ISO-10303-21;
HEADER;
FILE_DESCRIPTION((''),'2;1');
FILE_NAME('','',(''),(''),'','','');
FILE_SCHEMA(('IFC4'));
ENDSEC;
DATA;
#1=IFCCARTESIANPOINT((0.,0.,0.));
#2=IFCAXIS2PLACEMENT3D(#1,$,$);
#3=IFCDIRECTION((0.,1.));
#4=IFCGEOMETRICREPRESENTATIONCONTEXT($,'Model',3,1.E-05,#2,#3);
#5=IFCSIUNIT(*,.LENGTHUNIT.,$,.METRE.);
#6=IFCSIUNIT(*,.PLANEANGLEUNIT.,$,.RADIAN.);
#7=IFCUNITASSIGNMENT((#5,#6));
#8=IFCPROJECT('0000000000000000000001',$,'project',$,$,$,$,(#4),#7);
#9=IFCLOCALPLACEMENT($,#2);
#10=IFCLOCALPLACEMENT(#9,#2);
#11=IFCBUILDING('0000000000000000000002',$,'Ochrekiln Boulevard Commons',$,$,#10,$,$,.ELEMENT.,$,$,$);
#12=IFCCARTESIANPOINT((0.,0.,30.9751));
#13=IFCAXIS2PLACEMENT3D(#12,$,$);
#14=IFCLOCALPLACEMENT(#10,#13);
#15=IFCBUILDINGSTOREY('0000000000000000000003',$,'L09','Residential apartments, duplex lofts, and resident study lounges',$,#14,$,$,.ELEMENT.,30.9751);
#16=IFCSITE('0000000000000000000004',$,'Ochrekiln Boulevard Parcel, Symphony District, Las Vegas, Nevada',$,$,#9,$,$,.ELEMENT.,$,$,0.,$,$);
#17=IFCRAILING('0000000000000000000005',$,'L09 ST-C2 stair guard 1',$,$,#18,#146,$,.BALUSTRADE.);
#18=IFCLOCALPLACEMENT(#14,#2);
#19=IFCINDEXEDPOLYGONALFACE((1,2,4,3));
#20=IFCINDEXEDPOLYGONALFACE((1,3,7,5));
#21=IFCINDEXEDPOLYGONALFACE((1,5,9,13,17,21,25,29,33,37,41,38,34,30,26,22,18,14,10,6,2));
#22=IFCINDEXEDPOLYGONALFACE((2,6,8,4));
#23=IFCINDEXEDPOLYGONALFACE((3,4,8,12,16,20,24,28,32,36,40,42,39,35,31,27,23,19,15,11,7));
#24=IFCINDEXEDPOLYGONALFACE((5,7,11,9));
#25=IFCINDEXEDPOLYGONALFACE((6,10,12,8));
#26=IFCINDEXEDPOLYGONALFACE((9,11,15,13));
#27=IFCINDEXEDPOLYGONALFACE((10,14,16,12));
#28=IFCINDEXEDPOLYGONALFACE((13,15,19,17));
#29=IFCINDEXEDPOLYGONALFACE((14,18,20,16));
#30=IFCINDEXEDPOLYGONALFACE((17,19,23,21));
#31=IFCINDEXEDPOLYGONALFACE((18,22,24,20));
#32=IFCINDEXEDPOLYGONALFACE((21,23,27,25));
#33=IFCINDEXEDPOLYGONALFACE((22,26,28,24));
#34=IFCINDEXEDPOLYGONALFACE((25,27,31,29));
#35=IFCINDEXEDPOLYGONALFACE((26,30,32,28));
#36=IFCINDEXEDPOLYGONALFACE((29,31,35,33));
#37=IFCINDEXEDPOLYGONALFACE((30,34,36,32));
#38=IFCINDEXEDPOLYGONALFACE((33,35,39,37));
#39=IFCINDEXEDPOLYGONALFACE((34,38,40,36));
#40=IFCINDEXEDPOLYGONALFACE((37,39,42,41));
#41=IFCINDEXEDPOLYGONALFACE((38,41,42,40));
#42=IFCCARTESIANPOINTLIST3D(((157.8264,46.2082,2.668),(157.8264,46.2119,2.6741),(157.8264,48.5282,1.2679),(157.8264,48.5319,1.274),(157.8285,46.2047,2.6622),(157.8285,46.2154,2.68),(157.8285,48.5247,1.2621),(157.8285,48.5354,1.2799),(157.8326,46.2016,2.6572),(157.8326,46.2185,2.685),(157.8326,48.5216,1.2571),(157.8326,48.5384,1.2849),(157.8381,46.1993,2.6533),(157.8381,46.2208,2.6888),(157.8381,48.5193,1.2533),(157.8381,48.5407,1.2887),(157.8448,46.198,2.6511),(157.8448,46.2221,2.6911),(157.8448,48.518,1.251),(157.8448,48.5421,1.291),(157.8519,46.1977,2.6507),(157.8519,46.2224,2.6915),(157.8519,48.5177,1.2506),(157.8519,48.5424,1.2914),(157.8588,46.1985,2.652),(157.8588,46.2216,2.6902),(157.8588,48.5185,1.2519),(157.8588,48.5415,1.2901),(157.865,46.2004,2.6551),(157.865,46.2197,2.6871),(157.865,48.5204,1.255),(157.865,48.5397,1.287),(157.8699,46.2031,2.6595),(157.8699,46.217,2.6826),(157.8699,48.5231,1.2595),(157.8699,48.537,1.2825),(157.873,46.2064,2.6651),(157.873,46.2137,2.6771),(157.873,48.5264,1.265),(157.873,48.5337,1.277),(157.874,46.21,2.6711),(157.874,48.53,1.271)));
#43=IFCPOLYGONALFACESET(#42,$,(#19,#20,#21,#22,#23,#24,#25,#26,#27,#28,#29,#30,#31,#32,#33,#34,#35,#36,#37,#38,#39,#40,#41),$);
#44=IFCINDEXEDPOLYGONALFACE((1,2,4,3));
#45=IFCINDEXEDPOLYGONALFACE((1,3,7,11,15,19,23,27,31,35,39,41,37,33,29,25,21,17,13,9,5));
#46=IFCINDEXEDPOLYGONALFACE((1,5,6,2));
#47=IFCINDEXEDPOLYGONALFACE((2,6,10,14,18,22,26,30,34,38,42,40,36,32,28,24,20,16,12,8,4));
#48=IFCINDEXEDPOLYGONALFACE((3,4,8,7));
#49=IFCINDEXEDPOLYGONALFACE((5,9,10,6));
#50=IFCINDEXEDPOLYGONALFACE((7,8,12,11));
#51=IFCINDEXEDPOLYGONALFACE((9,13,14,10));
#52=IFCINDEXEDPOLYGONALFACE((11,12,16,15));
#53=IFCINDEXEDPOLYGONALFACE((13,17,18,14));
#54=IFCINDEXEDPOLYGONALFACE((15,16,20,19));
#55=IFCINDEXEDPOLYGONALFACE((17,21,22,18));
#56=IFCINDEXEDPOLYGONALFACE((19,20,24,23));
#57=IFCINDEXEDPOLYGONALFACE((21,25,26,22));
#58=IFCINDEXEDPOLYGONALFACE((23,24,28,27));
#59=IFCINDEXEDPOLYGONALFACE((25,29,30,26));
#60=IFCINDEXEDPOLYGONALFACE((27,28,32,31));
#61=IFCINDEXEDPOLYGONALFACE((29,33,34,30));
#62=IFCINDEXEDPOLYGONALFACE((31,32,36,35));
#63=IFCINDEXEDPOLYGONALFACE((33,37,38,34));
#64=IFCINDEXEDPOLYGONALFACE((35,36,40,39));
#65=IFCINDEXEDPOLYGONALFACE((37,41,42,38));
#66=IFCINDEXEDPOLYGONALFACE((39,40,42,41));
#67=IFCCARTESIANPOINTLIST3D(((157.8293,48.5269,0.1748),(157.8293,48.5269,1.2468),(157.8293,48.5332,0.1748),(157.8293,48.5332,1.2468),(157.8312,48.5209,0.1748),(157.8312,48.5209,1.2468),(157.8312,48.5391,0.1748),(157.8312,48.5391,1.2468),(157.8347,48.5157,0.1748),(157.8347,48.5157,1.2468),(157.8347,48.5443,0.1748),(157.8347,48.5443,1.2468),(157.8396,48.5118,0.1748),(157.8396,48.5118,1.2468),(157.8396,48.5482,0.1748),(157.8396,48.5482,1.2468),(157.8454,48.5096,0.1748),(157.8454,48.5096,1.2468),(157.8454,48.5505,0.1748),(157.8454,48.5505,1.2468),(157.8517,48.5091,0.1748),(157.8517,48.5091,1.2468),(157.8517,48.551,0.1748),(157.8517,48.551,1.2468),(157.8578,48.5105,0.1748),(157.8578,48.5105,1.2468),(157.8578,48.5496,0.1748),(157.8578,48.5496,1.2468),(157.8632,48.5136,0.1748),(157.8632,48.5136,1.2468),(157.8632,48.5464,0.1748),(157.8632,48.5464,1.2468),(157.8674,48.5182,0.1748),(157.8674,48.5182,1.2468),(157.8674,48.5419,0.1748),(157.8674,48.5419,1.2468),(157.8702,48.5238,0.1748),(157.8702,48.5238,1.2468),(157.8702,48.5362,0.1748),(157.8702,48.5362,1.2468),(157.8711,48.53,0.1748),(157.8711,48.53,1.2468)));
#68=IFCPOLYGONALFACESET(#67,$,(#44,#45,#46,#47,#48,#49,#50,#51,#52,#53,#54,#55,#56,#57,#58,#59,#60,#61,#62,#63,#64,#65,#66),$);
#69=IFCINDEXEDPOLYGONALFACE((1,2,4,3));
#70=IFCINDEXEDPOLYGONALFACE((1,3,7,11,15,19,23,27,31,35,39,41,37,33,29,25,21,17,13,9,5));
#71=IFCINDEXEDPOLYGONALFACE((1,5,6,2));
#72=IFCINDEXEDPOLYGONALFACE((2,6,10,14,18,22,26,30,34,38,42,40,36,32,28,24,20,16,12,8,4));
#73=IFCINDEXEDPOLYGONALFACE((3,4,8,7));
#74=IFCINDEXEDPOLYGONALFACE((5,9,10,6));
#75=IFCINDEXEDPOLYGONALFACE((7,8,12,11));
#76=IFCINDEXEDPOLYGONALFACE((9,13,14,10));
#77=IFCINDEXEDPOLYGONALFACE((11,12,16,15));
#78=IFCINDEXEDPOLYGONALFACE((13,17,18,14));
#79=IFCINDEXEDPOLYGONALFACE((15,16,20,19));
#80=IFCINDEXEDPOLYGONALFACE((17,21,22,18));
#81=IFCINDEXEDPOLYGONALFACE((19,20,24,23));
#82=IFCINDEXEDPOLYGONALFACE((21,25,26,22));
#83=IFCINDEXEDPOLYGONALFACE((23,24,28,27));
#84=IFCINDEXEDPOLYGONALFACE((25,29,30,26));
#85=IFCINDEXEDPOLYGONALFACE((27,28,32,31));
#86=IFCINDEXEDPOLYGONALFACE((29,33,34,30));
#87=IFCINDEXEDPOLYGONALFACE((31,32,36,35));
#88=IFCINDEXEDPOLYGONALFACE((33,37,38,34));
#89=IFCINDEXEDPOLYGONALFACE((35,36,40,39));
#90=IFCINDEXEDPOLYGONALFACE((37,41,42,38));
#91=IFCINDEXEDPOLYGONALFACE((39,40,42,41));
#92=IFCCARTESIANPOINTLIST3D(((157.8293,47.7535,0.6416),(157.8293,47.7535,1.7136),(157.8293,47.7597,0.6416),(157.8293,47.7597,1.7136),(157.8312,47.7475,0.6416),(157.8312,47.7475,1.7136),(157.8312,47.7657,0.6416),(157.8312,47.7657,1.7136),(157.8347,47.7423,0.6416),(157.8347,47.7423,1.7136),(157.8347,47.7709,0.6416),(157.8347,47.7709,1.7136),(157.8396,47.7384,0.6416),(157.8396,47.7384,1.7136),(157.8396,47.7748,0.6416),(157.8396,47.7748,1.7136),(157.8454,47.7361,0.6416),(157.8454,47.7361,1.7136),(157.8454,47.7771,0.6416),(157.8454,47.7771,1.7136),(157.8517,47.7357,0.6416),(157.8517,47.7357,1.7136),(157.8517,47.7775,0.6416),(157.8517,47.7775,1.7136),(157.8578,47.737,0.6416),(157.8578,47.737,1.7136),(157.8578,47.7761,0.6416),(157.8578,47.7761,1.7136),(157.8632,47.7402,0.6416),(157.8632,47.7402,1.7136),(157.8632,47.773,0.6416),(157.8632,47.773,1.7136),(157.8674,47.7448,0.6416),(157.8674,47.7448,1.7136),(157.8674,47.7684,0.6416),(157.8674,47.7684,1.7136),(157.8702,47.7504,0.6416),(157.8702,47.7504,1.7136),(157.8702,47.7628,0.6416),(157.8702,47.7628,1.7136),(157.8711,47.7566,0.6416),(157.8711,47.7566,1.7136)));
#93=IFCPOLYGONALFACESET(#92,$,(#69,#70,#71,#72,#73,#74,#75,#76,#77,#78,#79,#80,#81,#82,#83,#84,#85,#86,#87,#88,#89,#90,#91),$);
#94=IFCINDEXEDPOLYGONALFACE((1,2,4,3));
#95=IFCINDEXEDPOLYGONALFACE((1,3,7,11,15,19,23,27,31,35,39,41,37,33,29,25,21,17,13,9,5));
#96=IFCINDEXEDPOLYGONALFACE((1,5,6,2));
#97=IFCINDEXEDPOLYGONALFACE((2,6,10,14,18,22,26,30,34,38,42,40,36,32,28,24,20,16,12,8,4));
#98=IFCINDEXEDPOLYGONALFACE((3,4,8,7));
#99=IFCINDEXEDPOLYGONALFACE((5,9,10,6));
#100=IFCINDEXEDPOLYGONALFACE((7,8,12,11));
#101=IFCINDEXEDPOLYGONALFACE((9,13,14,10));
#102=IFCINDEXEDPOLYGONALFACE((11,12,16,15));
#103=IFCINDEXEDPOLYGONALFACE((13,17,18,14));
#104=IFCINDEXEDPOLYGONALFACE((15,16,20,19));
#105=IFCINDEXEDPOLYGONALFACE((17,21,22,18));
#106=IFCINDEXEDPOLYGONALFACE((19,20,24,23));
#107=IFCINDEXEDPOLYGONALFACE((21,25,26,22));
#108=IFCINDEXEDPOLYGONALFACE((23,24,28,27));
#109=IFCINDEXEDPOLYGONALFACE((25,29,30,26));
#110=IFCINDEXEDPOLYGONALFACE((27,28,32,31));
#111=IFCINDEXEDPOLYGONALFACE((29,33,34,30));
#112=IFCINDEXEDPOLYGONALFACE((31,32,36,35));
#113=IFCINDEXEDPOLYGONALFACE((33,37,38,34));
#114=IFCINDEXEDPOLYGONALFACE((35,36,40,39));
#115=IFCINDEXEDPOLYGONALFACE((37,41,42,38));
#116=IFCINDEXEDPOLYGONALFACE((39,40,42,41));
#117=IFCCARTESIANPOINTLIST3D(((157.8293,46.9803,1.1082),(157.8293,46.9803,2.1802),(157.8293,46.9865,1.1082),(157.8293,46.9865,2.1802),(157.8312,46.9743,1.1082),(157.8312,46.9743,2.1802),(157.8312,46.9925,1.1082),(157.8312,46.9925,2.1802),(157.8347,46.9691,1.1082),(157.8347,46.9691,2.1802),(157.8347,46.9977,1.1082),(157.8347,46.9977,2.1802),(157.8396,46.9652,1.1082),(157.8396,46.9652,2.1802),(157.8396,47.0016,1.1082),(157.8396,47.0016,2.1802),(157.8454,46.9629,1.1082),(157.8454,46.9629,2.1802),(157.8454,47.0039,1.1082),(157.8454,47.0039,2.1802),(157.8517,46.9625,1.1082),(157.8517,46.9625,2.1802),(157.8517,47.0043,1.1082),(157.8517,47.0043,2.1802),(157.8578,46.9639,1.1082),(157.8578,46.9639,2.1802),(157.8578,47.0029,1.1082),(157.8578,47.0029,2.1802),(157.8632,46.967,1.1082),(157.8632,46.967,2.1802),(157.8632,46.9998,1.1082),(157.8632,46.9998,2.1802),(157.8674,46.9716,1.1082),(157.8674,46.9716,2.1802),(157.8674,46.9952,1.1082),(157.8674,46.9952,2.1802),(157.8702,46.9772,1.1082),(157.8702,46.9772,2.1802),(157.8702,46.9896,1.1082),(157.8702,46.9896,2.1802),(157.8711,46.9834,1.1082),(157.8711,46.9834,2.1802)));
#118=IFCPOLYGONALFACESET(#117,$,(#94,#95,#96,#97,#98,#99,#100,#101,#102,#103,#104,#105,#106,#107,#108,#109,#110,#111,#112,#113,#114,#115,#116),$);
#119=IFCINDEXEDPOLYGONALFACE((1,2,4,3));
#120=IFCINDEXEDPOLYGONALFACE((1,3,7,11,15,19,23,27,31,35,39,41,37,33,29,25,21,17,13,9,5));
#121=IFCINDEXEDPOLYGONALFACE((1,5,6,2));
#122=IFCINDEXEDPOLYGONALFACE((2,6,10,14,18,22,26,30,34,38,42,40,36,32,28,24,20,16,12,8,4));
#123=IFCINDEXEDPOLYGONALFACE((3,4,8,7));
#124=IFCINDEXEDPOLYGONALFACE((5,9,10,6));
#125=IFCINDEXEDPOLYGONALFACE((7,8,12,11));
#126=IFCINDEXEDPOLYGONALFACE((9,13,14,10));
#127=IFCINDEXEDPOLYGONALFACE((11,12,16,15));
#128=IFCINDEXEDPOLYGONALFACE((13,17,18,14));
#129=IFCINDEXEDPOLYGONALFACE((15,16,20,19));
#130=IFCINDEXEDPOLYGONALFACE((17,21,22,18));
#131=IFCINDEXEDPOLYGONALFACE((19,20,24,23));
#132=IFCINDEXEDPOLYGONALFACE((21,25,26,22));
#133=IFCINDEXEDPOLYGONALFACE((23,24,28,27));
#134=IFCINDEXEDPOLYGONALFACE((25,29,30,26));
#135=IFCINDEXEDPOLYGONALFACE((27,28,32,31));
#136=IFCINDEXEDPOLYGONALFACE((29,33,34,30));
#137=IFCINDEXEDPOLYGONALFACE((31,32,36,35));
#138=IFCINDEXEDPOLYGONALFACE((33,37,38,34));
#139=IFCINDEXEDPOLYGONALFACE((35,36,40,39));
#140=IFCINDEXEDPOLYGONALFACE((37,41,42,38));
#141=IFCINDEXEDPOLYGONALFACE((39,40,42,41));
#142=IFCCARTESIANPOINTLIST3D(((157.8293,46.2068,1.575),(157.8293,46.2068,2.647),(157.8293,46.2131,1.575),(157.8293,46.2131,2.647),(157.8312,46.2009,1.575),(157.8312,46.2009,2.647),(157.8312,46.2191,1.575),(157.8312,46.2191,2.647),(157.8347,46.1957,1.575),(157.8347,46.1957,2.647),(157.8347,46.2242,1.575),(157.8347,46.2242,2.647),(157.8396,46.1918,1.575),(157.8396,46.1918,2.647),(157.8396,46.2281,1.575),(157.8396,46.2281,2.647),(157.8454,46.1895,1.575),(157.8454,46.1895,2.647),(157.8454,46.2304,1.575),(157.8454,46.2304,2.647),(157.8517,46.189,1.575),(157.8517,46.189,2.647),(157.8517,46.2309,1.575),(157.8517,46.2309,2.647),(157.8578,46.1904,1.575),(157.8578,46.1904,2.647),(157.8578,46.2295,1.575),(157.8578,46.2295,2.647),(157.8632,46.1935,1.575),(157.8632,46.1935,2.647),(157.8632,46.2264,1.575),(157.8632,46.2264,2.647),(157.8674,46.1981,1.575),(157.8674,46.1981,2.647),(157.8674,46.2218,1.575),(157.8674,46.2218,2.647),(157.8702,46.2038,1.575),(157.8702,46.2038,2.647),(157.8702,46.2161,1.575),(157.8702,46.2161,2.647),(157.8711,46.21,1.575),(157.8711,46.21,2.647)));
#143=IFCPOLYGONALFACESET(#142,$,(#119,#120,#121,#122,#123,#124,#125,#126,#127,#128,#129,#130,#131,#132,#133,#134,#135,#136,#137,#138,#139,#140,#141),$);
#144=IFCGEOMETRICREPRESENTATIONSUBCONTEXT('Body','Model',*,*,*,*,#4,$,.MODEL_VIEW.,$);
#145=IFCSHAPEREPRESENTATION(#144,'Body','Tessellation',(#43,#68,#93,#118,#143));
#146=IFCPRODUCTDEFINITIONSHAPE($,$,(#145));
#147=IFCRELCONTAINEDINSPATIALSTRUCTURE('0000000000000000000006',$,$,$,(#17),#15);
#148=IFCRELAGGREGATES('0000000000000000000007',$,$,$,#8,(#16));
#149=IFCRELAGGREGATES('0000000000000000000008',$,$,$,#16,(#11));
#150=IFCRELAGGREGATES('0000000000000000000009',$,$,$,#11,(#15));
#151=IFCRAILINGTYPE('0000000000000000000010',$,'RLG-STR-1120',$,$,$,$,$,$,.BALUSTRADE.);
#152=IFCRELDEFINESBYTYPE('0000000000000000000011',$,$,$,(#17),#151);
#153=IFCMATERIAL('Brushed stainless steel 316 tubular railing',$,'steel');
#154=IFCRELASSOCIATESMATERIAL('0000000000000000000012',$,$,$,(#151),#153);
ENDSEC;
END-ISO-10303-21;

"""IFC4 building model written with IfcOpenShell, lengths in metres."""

from ifc_helpers import new_model, si_unit, direction, frame, origin, origin_2d, place, context, subcontext, project, spatial, circle, extrude, material, type_object, element, save


model = new_model("IFC4")

# Units and contexts
model_context = context("Model", 3, precision=1e-05, world=origin(), true_north=direction((0.0, 1.0)))
body_context = subcontext(model_context, "Body", "Model", "MODEL_VIEW")
ifc_project = project(units=[si_unit("LENGTHUNIT", "METRE"), si_unit("PLANEANGLEUNIT", "RADIAN")], contexts=[model_context])

# Site, building, storey
site_placement = place(None, origin())
site = spatial("IfcSite", under=ifc_project, at=site_placement, Name="Ochrekiln Boulevard Parcel, Symphony District, Las Vegas, Nevada", CompositionType="ELEMENT", RefElevation=0.0)
building_placement = place(site_placement, origin())
building = spatial("IfcBuilding", under=site, at=building_placement, Name="Ochrekiln Boulevard Commons", CompositionType="ELEMENT")
storey_placement = place(building_placement, frame((0.0, 0.0, 30.9751)))
storey = spatial("IfcBuildingStorey", under=building, at=storey_placement, Name="L09", Description="Residential apartments, duplex lofts, and resident study lounges", CompositionType="ELEMENT", Elevation=30.9751)

# Railing
ifc_material_1 = material(Name="Brushed stainless steel 316 tubular railing", Category="steel")
railing_type_1 = type_object("IfcRailingType", Name="RLG-STR-1120", PredefinedType="BALUSTRADE", material=ifc_material_1)
railing_1_placement = place(storey_placement, frame((157.8501, 48.53, 0.1748)))
element("IfcRailing", 1, at=railing_1_placement, inside=storey, type_object=railing_type_1, Name="L09 ST-C2 stair guard 1", PredefinedType="BALUSTRADE", context=body_context, shape_type="SweptSolid", body=[
    extrude(circle(Radius=0.0239, at=origin_2d()), frame((0.0, 0.0, 1.0962), z_axis=(0.0, -0.85617, 0.516693), x_axis=(1.0, 0.0, 0.0)), (0.0, 0.0, 1.0), 2.7097),
    extrude(circle(Radius=0.021, at=origin_2d()), origin(), (0.0, 0.0, 1.0), 1.072),
    extrude(circle(Radius=0.021, at=origin_2d()), frame((0.0, -0.7734, 0.4668)), (0.0, 0.0, 1.0), 1.072),
    extrude(circle(Radius=0.021, at=origin_2d()), frame((0.0, -1.5466, 0.9333)), (0.0, 0.0, 1.0), 1.072),
    extrude(circle(Radius=0.021, at=origin_2d()), frame((0.0, -2.3201, 1.4001)), (0.0, 0.0, 1.0), 1.072),
])

save(model, "model.ifc")
